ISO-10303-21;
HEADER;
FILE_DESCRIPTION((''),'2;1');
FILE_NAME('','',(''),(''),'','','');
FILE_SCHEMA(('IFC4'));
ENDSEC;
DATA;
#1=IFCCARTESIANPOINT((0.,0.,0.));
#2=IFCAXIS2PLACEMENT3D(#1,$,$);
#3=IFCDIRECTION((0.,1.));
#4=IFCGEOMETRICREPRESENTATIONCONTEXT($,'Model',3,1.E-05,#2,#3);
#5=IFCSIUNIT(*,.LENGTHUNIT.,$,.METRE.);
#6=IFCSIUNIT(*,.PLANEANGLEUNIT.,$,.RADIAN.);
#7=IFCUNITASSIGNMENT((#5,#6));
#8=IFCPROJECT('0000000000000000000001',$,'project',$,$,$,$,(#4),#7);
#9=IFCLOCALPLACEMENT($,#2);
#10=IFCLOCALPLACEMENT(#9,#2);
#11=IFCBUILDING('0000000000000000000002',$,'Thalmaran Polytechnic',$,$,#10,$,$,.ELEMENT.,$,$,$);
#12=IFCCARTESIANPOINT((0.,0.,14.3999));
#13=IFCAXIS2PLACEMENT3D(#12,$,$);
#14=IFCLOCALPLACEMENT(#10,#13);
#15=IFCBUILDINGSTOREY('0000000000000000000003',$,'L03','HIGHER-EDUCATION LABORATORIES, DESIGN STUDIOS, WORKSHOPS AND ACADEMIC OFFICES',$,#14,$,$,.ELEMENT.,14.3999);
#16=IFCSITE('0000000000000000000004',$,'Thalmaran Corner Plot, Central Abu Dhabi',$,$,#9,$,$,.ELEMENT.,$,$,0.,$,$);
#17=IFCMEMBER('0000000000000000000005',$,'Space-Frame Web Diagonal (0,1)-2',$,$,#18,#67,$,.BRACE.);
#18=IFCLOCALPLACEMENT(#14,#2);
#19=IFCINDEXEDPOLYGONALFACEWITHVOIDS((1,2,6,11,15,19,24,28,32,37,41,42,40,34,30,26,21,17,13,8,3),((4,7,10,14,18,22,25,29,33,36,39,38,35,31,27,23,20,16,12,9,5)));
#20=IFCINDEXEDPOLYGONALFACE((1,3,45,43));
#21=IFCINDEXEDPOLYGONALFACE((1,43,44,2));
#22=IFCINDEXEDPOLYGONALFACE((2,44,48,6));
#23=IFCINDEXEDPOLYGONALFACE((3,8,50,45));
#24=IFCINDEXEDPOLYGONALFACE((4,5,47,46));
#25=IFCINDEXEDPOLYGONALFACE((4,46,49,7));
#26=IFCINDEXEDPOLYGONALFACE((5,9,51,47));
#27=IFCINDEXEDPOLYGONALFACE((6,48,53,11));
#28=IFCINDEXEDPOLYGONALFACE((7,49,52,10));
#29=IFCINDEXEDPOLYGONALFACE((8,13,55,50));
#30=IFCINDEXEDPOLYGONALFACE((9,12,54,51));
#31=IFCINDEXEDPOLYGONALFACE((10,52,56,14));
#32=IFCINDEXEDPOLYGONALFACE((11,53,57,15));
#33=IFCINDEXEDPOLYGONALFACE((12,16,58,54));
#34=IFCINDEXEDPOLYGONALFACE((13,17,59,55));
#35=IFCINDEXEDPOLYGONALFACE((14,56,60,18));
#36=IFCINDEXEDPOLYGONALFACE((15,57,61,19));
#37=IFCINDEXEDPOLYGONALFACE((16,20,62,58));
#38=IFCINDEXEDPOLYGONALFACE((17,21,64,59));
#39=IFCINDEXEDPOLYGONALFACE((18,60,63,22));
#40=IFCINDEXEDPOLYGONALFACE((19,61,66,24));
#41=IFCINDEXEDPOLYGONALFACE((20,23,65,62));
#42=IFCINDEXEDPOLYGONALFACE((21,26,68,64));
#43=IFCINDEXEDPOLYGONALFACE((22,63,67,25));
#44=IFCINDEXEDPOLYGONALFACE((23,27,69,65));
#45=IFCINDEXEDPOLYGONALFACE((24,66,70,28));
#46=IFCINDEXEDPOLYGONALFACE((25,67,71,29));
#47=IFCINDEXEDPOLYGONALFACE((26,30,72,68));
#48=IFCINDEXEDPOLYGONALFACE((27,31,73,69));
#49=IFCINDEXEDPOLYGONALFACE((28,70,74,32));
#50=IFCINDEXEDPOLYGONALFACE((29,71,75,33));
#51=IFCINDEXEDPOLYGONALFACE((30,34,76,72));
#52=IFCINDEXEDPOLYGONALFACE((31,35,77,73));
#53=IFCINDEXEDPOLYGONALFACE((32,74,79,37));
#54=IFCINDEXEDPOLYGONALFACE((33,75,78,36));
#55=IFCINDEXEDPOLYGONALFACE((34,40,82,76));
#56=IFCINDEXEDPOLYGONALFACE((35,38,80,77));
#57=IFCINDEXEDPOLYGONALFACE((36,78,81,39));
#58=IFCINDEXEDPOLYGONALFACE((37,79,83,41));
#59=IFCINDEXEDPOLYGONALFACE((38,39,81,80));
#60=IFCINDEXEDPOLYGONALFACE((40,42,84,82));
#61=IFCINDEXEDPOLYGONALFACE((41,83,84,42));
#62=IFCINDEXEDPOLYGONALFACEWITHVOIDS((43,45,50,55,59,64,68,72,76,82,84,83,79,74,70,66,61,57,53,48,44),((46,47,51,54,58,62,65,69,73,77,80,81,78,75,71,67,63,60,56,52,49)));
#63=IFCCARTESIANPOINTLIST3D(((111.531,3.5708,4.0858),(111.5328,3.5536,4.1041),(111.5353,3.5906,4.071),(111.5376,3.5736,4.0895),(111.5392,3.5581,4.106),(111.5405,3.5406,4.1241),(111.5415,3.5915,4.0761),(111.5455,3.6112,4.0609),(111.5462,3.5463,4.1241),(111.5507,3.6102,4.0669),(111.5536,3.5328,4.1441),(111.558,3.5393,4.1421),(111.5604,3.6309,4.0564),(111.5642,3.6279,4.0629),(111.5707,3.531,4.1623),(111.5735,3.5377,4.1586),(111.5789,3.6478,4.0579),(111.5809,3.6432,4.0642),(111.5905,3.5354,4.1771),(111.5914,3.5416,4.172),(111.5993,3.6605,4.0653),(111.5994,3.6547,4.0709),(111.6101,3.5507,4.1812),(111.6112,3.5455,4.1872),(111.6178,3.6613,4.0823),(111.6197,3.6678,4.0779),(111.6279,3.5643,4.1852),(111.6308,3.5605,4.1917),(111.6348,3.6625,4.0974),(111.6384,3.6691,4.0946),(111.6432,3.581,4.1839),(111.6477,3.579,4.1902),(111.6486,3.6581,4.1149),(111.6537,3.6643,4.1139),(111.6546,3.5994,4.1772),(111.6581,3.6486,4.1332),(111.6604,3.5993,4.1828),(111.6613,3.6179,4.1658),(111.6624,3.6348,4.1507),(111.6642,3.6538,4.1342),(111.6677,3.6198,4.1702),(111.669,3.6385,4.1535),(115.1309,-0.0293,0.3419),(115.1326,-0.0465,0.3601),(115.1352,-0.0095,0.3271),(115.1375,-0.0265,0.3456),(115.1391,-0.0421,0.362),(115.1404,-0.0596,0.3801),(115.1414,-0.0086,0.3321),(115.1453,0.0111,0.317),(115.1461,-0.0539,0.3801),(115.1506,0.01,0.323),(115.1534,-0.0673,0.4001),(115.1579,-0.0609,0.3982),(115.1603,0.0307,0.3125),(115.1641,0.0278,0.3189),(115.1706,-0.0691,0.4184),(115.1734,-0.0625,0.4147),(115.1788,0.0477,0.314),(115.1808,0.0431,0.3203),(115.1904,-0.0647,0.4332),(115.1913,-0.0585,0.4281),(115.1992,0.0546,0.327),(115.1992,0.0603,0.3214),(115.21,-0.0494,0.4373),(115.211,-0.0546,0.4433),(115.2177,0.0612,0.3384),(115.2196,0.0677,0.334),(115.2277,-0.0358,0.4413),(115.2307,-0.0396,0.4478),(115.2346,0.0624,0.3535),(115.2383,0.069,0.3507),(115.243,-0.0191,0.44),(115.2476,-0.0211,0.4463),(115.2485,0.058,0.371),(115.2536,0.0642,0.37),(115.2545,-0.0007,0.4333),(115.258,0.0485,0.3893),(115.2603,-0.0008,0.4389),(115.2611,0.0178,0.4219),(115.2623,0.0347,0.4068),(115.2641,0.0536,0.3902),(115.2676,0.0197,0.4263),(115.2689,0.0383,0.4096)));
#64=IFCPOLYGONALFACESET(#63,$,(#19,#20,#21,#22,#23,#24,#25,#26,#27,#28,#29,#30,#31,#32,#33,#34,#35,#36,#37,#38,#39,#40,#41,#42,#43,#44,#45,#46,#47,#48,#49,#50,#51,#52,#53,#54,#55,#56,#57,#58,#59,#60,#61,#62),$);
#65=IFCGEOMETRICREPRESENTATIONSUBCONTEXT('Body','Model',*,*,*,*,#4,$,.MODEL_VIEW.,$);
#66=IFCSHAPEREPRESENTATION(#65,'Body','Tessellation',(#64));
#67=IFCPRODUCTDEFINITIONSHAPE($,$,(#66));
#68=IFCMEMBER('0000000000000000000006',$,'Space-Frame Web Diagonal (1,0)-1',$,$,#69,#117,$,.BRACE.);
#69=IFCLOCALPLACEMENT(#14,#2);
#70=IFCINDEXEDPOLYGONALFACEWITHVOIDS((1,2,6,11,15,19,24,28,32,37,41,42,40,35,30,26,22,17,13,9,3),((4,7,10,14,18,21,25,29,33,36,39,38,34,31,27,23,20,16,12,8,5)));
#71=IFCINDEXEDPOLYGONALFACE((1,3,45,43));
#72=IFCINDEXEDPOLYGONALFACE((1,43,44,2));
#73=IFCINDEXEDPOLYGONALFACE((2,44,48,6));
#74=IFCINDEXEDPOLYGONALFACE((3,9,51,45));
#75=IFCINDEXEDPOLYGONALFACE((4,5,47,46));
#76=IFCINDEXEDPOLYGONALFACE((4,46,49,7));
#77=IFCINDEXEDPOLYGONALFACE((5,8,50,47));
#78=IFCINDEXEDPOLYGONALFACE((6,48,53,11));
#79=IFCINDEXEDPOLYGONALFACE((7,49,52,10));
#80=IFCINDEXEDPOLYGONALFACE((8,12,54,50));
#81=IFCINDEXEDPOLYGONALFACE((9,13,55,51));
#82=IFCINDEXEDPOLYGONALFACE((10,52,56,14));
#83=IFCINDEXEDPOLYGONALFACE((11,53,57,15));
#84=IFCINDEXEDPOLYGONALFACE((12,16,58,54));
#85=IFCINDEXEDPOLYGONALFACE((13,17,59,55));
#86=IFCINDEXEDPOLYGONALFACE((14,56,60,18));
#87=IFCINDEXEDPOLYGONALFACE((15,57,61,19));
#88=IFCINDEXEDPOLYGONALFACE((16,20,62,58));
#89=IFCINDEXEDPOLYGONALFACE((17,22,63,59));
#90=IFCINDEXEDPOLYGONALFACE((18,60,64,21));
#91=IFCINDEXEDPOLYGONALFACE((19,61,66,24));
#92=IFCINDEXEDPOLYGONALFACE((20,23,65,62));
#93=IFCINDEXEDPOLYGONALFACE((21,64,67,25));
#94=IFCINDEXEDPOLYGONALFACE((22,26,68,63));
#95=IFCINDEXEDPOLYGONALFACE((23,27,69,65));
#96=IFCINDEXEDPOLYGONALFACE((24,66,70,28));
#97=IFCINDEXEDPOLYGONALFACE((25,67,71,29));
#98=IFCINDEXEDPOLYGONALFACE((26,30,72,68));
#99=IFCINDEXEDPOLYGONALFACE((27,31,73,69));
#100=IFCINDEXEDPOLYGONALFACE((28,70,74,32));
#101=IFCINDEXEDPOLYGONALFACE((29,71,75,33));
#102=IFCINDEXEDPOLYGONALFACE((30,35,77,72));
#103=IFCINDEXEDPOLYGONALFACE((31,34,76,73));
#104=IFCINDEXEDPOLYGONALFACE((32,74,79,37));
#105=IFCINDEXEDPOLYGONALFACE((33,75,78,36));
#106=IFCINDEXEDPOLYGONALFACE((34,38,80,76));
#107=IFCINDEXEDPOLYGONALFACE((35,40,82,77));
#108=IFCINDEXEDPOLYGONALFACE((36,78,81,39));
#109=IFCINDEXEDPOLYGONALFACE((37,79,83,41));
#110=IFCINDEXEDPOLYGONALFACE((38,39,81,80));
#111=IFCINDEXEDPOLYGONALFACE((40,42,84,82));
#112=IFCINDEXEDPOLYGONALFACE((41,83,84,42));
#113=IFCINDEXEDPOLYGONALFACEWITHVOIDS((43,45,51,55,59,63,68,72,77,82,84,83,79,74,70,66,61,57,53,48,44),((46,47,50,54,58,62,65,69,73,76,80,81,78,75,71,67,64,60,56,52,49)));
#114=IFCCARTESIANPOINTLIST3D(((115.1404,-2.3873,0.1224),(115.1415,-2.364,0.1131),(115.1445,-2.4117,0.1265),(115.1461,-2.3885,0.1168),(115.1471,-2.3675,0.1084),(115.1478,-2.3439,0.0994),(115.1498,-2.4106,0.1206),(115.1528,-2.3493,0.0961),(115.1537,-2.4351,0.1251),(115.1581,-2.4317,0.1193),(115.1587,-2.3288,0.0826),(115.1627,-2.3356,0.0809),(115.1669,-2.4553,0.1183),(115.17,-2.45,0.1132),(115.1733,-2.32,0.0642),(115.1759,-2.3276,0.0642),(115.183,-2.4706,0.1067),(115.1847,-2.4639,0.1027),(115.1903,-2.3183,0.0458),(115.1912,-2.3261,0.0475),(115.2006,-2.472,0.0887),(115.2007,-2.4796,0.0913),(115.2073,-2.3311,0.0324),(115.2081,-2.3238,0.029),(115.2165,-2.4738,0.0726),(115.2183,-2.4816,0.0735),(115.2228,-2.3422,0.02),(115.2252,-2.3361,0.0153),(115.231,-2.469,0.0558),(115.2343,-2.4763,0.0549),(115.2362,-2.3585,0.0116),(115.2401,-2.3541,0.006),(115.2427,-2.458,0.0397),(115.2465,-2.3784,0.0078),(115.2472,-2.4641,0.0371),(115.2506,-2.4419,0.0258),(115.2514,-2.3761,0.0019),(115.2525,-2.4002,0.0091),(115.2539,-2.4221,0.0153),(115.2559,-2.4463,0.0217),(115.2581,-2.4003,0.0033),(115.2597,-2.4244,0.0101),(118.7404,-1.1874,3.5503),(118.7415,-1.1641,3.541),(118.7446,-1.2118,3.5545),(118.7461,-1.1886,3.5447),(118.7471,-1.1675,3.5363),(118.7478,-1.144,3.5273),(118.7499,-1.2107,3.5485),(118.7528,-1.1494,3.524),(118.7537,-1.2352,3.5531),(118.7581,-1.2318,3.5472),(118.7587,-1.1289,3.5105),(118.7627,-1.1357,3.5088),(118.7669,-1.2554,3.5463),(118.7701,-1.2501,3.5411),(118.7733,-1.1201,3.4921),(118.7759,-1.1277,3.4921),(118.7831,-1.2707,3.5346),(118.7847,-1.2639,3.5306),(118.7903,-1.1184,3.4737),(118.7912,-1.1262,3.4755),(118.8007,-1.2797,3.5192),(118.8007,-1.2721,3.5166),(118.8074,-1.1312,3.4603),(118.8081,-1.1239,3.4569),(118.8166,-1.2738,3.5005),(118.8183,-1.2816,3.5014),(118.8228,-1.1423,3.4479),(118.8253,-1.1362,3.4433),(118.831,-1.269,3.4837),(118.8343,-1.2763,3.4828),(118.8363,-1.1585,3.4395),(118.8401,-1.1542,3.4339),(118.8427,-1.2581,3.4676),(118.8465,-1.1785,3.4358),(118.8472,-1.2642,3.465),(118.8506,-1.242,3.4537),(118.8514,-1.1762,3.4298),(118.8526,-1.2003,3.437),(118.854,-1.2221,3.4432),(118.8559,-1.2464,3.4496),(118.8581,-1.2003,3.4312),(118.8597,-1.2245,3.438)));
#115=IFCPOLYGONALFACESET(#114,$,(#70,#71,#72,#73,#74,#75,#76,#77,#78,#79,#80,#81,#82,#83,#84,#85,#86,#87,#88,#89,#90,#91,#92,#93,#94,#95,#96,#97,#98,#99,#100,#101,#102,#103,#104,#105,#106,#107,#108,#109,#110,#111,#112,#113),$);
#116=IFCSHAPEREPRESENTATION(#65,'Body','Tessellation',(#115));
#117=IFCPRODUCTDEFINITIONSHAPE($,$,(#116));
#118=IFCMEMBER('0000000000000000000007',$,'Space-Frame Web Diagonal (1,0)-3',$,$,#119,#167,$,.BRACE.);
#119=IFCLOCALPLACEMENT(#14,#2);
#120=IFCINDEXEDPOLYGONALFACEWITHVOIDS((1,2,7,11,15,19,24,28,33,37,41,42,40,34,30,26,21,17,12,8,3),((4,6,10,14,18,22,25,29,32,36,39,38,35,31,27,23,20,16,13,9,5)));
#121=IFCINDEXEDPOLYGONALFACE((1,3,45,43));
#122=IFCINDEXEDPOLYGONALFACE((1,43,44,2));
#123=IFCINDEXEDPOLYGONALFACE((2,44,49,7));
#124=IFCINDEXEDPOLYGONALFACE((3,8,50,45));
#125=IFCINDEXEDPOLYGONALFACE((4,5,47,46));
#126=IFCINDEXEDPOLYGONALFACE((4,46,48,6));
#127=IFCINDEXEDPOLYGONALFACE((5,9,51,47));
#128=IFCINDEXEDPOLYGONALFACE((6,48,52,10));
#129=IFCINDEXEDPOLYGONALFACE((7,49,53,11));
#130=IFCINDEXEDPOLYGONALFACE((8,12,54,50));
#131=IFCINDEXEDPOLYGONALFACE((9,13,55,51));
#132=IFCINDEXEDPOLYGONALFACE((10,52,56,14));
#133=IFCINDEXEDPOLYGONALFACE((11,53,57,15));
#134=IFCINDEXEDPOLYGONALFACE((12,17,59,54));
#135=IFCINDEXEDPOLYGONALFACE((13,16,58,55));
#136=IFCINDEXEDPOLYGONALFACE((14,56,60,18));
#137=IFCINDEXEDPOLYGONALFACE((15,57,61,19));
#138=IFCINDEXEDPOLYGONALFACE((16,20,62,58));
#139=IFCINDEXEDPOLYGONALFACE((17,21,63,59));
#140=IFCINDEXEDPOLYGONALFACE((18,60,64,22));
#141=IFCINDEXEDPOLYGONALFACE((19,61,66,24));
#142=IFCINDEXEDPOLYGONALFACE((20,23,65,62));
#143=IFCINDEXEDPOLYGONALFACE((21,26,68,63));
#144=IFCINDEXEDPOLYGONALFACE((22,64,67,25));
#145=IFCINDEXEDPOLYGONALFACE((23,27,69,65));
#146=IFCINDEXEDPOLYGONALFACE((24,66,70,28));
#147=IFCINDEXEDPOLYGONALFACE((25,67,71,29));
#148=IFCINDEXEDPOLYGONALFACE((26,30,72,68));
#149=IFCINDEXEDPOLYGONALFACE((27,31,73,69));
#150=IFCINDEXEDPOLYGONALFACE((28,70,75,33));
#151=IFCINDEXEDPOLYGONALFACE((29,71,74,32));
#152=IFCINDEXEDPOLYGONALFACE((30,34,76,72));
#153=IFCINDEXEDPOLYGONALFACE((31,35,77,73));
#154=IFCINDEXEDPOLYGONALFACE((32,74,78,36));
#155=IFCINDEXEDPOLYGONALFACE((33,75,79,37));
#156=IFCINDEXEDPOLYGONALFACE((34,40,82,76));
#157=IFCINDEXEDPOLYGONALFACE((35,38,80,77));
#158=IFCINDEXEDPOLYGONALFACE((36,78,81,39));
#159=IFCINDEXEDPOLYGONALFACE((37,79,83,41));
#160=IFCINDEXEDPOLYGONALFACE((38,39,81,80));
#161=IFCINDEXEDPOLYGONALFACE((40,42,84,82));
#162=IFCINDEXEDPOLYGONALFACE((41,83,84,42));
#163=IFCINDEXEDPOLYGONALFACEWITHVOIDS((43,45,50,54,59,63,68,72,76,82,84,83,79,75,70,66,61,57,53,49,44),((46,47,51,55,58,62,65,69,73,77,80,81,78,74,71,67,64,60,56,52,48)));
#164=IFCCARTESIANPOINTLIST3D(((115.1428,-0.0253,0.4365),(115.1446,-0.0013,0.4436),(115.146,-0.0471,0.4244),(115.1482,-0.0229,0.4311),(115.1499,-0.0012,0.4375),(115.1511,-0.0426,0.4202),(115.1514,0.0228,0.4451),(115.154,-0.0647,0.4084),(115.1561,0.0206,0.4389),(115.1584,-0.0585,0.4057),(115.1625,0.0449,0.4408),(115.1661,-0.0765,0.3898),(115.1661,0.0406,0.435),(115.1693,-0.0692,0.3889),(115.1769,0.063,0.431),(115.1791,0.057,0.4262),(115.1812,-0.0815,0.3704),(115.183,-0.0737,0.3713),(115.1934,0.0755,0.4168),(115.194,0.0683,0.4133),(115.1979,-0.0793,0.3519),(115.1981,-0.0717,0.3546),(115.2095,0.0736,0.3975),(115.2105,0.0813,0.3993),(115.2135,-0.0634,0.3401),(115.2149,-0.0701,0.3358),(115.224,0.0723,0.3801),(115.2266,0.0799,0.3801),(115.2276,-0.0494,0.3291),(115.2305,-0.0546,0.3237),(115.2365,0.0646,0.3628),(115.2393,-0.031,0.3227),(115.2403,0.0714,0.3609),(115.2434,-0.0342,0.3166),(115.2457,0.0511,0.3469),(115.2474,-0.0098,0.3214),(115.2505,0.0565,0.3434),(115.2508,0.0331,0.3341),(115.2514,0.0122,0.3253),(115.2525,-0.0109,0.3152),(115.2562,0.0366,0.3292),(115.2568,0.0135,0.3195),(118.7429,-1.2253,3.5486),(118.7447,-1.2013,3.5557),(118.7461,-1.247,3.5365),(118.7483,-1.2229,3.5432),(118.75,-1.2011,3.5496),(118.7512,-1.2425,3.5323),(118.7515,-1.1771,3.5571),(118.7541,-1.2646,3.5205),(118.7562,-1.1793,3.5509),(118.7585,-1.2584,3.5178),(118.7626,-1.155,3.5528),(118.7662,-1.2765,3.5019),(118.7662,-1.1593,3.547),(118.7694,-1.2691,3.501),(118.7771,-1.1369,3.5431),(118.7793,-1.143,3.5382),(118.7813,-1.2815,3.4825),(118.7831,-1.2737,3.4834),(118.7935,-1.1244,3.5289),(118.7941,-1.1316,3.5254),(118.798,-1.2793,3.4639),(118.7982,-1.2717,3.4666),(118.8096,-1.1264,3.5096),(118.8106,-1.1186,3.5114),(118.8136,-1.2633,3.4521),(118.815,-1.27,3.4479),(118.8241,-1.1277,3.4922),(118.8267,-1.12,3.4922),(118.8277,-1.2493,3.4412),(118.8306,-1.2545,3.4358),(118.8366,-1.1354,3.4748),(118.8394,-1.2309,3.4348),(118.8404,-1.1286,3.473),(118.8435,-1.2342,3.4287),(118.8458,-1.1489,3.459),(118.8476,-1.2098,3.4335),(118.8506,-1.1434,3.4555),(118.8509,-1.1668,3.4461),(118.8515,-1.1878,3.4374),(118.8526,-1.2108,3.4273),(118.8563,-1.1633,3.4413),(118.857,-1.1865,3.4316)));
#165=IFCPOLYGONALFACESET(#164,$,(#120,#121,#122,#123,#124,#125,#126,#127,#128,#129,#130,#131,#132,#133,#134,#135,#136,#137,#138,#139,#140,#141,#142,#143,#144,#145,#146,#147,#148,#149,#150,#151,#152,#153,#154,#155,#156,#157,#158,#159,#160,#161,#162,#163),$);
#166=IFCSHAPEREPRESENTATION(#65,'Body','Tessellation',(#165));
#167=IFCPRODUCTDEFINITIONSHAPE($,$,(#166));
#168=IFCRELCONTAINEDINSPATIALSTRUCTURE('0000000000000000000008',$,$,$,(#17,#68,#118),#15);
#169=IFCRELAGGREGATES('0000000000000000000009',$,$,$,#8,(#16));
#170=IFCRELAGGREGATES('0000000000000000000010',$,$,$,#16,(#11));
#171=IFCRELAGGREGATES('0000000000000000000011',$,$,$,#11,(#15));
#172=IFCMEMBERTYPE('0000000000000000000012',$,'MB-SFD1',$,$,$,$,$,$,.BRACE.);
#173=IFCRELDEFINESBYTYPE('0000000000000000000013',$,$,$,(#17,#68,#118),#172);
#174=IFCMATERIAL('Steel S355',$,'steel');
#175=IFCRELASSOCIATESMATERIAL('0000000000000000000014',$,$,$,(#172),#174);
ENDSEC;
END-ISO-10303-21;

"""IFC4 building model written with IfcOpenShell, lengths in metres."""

from ifc_helpers import new_model, si_unit, direction, frame, origin, origin_2d, place, context, subcontext, project, spatial, hollow_circle, extrude, material, material_profile, profile_set, type_object, element, save


model = new_model("IFC4")

# Units and contexts
model_context = context("Model", 3, precision=1e-05, world=origin(), true_north=direction((0.0, 1.0)))
body_context = subcontext(model_context, "Body", "Model", "MODEL_VIEW")
ifc_project = project(units=[si_unit("LENGTHUNIT", "METRE"), si_unit("PLANEANGLEUNIT", "RADIAN")], contexts=[model_context])

# Site, building, storey
site_placement = place(None, origin())
site = spatial("IfcSite", under=ifc_project, at=site_placement, Name="Thalmaran Corner Plot, Central Abu Dhabi", CompositionType="ELEMENT", RefElevation=0.0)
building_placement = place(site_placement, origin())
building = spatial("IfcBuilding", under=site, at=building_placement, Name="Thalmaran Polytechnic", CompositionType="ELEMENT")
storey_placement = place(building_placement, frame((0.0, 0.0, 14.3999)))
storey = spatial("IfcBuildingStorey", under=building, at=storey_placement, Name="L03", Description="HIGHER-EDUCATION LABORATORIES, DESIGN STUDIOS, WORKSHOPS AND ACADEMIC OFFICES", CompositionType="ELEMENT", Elevation=14.3999)

# Shared definitions
ifc_material_1 = material(Name="Steel S355", Category="steel")

# Members
ifc_material_profile_1 = material_profile(ifc_material_1, hollow_circle(Radius=0.0842, WallThickness=0.0081, at=origin_2d()), Name="CHS 168.3x8.0")
ifc_profile_set_1 = profile_set([ifc_material_profile_1], Name="Steel S355")
member_type_1 = type_object("IfcMemberType", Name="MB-SFD1", PredefinedType="BRACE", material=ifc_profile_set_1)
member_1_placement = place(storey_placement, frame((115.2, 0.0, 0.3801), z_axis=(-0.56964, 0.569678, 0.592433), x_axis=(-0.707131, -0.707083, 0.0)))
element("IfcMember", 1, at=member_1_placement, inside=storey, type_object=member_type_1, Name="Space-Frame Web Diagonal (0,1)-2", PredefinedType="BRACE", context=body_context, shape_type="SweptSolid", body=[
    extrude(hollow_circle(Radius=0.0842, WallThickness=0.0081, at=origin_2d()), origin(), (0.0, 0.0, 1.0), 6.3196),
])
member_2_placement = place(storey_placement, frame((115.2, -2.3999, 0.0642), z_axis=(0.703988, 0.234647, 0.67033), x_axis=(-0.316208, 0.94869, 0.0)))
element("IfcMember", 2, at=member_2_placement, inside=storey, type_object=member_type_1, Name="Space-Frame Web Diagonal (1,0)-1", PredefinedType="BRACE", context=body_context, shape_type="SweptSolid", body=[
    extrude(hollow_circle(Radius=0.0842, WallThickness=0.0081, at=origin_2d()), origin(), (0.0, 0.0, 1.0), 5.1138),
])
member_3_placement = place(storey_placement, frame((115.2, 0.0, 0.3801), z_axis=(0.733561, -0.244504, 0.634118), x_axis=(0.316208, 0.94869, 0.0)))
element("IfcMember", 3, at=member_3_placement, inside=storey, type_object=member_type_1, Name="Space-Frame Web Diagonal (1,0)-3", PredefinedType="BRACE", context=body_context, shape_type="SweptSolid", body=[
    extrude(hollow_circle(Radius=0.0842, WallThickness=0.0081, at=origin_2d()), origin(), (0.0, 0.0, 1.0), 4.9077),
])

save(model, "model.ifc")
